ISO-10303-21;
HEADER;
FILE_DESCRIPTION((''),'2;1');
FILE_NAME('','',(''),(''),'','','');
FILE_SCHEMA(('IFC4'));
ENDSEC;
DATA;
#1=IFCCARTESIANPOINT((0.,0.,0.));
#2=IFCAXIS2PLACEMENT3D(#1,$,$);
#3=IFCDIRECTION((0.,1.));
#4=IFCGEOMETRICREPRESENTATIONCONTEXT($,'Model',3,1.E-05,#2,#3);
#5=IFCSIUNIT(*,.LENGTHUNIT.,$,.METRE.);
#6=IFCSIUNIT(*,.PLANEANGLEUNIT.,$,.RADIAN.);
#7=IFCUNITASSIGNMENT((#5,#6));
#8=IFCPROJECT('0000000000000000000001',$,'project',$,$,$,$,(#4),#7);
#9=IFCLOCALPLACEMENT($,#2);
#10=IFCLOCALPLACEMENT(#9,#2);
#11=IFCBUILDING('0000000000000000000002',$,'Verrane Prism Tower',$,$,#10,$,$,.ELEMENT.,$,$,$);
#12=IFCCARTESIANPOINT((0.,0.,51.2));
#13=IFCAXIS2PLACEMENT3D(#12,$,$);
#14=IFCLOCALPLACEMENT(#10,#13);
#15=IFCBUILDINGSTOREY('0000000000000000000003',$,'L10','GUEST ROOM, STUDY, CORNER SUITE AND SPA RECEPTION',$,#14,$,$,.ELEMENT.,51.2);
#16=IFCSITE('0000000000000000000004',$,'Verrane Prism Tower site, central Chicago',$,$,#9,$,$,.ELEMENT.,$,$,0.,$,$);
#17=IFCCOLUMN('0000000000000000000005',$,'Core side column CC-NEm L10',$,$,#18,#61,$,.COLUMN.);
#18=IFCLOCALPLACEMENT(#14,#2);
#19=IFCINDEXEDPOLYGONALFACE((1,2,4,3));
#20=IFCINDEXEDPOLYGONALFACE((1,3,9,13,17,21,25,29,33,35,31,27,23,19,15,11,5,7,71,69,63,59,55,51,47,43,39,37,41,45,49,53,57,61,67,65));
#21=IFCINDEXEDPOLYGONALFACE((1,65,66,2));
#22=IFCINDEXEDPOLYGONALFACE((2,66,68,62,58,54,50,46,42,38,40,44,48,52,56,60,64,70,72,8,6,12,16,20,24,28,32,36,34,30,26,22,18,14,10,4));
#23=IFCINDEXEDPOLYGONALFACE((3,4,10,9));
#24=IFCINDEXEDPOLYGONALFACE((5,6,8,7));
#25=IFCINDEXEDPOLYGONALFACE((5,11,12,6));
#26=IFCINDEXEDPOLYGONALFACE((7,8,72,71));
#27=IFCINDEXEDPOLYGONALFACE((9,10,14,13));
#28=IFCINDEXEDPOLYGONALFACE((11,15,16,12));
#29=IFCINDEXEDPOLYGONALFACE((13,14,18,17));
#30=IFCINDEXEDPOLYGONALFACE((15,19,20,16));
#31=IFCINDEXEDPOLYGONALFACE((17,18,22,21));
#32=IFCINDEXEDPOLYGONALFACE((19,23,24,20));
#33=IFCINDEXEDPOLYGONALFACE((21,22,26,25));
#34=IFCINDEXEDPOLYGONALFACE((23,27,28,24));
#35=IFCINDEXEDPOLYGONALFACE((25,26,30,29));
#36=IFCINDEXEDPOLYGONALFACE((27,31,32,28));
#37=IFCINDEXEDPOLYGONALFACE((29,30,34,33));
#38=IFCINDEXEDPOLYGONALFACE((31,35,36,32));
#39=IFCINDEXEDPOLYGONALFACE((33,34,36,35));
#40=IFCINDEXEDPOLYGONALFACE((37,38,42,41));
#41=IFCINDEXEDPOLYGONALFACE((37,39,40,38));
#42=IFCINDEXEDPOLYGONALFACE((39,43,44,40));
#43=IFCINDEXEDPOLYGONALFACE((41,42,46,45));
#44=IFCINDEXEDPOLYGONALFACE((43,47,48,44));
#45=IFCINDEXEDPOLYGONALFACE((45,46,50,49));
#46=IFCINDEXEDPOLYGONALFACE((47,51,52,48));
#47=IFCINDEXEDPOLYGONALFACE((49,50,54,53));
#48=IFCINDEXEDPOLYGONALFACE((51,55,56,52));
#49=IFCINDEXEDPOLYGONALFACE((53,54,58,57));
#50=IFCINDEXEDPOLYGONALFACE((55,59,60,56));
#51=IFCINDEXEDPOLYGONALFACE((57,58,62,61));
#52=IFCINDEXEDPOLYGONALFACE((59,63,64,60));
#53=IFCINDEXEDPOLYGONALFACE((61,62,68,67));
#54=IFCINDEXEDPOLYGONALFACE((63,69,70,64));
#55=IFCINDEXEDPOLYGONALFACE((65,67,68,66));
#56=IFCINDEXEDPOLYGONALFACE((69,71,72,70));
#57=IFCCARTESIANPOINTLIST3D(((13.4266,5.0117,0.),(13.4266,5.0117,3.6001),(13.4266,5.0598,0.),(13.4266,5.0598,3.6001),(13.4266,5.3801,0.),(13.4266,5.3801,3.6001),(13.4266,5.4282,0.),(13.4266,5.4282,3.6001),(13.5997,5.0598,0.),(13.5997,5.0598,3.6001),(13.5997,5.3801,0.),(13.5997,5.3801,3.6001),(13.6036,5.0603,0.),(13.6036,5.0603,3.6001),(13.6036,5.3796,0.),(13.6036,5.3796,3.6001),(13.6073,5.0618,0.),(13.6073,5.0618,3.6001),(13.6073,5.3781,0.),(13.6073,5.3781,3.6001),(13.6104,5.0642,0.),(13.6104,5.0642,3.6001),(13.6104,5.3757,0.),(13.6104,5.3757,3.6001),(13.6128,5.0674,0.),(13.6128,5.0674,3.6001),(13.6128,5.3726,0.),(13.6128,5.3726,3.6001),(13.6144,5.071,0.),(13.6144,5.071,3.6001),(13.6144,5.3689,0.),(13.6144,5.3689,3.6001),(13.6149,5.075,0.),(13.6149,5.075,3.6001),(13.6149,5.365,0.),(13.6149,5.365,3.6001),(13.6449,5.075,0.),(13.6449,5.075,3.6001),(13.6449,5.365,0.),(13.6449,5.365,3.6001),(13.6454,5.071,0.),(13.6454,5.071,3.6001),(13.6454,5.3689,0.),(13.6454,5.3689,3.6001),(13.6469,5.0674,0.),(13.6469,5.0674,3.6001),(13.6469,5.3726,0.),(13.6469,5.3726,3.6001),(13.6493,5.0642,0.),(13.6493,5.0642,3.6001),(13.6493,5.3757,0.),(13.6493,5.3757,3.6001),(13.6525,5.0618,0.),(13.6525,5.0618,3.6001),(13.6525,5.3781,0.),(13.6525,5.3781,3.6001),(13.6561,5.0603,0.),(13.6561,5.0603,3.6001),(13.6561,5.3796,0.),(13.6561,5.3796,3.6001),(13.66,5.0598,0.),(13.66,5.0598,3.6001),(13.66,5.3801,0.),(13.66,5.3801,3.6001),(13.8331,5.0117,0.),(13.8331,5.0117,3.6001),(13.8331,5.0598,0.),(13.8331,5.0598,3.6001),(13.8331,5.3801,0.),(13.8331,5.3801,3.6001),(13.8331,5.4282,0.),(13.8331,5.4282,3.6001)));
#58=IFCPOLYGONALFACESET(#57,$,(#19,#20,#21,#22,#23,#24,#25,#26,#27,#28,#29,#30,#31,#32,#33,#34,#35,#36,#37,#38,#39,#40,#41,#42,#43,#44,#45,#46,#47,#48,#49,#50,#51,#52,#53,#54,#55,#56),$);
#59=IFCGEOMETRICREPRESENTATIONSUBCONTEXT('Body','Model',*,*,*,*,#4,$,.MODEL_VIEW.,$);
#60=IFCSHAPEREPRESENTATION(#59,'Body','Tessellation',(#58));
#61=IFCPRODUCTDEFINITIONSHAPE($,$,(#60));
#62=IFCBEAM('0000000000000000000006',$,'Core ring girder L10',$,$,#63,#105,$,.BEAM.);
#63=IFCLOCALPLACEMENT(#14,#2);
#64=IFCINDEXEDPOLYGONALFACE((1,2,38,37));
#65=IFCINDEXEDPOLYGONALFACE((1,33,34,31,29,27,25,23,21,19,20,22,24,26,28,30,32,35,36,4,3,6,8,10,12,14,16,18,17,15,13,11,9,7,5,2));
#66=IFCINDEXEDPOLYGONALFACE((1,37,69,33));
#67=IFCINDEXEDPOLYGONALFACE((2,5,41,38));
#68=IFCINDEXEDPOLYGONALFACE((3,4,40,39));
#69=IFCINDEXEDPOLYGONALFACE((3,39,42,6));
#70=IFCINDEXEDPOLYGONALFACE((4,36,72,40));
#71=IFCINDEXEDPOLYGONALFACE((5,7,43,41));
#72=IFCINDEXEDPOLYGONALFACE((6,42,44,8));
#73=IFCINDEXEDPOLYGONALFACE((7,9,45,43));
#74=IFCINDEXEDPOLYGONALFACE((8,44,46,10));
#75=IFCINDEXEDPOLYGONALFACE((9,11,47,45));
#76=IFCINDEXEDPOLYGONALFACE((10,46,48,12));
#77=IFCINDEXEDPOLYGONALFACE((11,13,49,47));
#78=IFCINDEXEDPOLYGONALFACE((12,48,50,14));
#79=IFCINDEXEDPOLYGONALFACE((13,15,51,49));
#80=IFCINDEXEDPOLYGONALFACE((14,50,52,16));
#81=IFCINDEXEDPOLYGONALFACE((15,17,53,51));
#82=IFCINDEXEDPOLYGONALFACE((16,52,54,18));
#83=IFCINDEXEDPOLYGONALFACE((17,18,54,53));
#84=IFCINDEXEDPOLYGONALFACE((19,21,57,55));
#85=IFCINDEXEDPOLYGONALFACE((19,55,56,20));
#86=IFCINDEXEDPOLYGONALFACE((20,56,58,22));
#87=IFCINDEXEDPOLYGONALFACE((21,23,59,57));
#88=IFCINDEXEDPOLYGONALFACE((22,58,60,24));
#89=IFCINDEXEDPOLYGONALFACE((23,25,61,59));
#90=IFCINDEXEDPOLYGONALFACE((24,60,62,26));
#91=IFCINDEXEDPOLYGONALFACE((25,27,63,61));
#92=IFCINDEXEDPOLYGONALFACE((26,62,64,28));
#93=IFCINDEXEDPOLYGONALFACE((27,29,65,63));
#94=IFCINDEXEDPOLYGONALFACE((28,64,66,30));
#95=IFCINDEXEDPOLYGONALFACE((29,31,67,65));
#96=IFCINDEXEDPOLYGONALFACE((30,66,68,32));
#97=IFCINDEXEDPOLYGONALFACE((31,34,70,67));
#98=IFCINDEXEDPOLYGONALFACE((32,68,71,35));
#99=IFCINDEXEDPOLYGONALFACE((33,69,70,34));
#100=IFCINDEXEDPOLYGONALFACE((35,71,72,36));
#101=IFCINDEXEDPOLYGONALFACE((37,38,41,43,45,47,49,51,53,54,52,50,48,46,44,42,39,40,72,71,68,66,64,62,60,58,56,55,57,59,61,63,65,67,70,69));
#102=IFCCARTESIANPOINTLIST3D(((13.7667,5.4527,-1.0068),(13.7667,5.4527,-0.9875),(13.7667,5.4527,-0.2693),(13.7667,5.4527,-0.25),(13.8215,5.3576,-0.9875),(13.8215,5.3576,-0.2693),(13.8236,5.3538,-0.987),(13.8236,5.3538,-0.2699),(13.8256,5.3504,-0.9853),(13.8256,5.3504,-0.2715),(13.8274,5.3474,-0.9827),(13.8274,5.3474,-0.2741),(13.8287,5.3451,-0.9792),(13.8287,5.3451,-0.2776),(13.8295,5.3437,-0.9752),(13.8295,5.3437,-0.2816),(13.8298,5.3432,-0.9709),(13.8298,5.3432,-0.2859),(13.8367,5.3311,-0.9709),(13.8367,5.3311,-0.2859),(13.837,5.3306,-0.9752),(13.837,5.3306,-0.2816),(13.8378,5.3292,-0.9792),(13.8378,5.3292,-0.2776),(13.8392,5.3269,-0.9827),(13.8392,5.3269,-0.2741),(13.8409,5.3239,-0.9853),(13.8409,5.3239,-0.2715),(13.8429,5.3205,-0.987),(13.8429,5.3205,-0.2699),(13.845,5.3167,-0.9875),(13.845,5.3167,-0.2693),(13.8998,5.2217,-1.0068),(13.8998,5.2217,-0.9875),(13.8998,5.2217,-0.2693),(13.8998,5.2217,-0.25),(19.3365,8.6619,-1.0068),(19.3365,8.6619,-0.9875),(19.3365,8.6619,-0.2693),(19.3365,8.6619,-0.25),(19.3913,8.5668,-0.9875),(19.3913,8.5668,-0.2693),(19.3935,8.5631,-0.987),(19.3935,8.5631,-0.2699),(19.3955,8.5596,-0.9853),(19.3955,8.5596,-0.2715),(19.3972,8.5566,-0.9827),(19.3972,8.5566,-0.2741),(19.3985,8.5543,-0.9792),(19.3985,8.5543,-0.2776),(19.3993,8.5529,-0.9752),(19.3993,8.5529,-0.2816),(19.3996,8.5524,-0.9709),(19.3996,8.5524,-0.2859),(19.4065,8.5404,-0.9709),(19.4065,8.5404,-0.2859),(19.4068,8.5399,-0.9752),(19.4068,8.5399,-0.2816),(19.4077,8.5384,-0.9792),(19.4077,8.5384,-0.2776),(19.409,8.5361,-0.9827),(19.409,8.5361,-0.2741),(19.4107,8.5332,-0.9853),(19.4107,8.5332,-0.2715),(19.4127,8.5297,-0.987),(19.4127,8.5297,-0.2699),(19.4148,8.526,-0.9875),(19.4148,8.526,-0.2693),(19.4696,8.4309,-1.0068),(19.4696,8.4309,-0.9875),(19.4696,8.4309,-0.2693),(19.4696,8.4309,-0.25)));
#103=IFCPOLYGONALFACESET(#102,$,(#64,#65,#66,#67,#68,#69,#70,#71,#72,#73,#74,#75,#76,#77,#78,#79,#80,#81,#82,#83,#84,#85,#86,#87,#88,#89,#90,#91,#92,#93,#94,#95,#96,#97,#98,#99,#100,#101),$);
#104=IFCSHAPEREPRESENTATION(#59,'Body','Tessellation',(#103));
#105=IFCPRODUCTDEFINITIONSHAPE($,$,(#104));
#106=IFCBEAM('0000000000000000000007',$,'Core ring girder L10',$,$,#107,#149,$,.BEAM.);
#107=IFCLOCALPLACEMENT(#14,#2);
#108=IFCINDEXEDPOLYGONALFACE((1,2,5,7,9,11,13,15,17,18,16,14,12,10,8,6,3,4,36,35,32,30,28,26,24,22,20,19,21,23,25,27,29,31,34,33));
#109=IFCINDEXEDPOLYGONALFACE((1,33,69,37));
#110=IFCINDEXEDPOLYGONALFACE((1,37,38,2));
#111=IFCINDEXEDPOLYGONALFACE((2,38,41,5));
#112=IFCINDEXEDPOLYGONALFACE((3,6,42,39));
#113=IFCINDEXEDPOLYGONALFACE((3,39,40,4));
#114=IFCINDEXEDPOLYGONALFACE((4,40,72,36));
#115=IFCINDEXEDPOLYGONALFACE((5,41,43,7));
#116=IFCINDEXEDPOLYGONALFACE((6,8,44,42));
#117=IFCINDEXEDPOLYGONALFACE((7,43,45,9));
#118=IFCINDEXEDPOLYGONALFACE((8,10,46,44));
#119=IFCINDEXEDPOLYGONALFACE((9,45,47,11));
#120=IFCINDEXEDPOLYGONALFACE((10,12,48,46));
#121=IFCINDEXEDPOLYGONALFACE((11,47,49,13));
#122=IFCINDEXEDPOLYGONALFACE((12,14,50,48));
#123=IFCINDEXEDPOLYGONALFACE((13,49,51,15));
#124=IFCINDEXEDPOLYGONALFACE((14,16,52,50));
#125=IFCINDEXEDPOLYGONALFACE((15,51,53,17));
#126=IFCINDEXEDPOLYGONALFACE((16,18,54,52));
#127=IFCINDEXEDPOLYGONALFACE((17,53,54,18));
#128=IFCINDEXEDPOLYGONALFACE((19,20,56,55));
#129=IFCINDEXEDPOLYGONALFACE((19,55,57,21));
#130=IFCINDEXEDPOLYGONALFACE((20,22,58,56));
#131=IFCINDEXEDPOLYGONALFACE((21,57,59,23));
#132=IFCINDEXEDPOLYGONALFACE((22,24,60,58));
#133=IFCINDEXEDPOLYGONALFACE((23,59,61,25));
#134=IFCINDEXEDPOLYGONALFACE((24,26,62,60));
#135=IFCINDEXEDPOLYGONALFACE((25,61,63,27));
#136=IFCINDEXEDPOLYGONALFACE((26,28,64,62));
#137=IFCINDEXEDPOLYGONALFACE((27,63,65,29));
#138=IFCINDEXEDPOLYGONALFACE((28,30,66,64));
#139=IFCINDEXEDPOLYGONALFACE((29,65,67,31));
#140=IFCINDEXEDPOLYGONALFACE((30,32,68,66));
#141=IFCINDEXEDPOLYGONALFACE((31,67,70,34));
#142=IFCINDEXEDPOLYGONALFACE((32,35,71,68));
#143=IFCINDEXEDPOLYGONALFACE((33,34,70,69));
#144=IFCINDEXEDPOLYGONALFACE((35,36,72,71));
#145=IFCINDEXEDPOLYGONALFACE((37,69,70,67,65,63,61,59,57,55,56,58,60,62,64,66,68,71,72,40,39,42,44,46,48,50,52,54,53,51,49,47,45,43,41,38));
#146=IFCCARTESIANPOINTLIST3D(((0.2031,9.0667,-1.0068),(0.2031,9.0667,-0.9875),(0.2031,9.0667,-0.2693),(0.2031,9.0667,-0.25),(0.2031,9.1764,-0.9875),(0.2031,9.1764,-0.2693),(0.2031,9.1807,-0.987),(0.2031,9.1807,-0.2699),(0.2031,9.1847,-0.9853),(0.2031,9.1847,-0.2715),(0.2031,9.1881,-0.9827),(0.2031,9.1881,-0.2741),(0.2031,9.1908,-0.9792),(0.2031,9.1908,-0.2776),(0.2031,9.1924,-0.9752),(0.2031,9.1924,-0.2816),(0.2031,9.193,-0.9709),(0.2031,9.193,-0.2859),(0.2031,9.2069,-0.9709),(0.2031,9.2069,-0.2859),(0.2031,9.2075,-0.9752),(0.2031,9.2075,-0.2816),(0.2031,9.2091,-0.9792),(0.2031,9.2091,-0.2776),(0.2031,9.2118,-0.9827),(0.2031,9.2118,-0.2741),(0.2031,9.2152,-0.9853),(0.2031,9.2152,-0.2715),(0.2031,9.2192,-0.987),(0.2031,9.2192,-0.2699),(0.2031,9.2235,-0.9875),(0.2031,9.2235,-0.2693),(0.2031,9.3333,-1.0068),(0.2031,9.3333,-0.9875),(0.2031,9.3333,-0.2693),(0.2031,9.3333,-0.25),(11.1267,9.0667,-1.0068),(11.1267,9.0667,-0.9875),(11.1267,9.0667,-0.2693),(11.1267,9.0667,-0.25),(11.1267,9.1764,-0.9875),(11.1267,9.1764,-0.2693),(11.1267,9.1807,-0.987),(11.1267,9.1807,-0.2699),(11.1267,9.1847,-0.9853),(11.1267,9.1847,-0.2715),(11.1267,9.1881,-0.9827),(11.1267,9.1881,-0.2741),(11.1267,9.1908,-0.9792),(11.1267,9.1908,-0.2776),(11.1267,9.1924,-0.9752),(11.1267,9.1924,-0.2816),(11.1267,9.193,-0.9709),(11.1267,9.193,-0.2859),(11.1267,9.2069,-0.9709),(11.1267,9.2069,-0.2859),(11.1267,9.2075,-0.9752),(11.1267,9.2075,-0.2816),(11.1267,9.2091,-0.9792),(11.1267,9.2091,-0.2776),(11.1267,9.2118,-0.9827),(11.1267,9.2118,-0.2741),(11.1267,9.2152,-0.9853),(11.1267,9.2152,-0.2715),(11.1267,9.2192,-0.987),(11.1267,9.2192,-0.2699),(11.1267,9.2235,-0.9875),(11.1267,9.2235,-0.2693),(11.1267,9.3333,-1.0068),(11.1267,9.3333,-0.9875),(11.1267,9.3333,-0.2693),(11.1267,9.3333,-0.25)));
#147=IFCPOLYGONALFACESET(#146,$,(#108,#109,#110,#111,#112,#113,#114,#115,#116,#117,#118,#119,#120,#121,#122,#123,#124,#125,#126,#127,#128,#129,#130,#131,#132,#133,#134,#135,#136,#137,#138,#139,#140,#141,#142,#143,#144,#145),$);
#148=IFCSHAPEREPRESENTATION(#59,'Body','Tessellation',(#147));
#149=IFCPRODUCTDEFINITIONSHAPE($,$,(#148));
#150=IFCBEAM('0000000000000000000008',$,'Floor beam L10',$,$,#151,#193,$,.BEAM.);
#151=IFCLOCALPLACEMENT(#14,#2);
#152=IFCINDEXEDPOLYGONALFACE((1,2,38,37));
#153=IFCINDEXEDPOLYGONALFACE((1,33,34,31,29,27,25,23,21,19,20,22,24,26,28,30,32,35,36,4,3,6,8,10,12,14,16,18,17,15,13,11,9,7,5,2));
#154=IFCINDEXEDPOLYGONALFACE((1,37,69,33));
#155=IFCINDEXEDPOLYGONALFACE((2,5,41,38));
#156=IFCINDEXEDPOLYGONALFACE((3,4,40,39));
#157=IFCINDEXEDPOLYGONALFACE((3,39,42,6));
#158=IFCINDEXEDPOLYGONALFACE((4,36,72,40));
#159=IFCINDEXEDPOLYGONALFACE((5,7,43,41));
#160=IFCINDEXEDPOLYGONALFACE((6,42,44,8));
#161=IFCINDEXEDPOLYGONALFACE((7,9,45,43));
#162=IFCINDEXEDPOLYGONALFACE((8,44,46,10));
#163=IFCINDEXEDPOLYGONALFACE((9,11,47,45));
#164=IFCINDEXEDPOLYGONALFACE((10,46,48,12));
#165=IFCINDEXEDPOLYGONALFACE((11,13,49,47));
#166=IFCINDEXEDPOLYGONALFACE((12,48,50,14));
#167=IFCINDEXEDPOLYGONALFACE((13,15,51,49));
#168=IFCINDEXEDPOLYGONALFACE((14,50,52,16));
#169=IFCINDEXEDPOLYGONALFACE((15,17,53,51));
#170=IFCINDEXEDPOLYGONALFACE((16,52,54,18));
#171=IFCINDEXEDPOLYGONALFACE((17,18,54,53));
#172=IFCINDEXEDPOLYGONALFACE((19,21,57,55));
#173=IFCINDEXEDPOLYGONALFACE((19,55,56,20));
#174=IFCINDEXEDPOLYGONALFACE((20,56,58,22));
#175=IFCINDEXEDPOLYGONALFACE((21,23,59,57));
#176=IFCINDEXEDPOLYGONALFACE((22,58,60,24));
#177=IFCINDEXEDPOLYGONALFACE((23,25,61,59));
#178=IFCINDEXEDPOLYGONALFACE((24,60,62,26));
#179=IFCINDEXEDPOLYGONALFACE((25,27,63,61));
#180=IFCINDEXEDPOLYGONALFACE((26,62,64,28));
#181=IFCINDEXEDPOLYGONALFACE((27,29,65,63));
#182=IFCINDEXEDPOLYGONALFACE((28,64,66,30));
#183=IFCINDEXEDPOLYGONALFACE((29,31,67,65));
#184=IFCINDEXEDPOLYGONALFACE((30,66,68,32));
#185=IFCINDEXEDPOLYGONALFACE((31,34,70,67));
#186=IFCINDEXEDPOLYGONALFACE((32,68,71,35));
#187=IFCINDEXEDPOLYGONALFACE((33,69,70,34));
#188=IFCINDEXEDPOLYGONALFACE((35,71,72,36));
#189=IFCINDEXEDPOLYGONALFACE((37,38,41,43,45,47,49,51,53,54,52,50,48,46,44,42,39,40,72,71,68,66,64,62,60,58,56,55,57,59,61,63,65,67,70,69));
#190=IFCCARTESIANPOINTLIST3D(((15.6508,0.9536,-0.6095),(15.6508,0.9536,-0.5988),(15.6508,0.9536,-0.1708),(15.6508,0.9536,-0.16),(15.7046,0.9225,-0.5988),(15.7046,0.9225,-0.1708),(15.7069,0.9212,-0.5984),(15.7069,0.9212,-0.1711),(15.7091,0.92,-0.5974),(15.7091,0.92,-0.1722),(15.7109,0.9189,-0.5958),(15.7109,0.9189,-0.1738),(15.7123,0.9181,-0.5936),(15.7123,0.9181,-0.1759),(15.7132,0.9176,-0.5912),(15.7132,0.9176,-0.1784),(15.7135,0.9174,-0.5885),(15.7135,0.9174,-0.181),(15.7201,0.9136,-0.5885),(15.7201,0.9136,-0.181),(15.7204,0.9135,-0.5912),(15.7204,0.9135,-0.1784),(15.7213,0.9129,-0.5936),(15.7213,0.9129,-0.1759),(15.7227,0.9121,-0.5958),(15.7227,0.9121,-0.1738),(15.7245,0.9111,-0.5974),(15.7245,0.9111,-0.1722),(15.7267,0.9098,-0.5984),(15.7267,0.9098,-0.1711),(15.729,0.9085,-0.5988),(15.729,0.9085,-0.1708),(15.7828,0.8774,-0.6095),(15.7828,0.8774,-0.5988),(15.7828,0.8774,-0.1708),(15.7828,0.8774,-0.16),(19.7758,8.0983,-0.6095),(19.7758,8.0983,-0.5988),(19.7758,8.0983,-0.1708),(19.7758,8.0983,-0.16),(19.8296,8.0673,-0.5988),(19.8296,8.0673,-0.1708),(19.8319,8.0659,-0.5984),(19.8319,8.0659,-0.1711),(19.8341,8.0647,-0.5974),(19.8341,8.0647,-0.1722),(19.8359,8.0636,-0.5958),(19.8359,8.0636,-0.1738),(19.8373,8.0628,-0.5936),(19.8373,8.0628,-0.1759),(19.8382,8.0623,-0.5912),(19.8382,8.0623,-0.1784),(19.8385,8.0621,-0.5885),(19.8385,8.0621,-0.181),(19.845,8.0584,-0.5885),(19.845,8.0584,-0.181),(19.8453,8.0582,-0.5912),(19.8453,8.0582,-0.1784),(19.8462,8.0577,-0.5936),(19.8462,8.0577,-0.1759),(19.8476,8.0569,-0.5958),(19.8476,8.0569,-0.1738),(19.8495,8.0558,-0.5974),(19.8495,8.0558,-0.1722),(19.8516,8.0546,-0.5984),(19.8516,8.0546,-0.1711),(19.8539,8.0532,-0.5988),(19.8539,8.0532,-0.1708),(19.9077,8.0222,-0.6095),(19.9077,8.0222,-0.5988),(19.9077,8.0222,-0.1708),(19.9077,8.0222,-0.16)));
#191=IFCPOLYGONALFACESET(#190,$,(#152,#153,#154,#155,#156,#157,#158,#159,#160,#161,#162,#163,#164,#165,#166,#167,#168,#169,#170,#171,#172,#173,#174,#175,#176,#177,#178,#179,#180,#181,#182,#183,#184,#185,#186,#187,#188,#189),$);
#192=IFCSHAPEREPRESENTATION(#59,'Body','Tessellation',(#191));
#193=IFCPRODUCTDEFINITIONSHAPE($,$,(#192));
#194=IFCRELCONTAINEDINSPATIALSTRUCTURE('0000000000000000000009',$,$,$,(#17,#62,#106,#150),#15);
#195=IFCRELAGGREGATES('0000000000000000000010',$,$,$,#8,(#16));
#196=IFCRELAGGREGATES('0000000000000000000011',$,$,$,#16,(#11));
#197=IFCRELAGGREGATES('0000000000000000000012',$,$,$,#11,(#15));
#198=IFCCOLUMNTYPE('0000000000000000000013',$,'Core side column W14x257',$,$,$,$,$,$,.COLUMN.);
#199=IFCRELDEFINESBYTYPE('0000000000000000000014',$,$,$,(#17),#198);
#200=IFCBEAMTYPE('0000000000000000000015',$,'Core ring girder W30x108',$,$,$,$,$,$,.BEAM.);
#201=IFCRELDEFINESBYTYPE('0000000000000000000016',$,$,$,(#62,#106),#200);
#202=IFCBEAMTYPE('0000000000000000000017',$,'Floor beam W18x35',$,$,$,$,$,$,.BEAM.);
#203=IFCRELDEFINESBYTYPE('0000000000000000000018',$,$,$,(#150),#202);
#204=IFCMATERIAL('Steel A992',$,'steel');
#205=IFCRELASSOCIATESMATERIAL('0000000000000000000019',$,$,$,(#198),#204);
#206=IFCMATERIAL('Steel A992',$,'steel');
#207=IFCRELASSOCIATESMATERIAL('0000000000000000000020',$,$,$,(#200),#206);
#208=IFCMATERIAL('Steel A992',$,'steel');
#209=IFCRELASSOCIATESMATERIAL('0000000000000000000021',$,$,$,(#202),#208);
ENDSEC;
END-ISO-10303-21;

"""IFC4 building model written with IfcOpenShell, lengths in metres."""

from ifc_helpers import new_model, si_unit, direction, frame, origin, origin_2d, place, context, subcontext, project, spatial, i_section, extrude, material, material_profile, profile_set, type_object, element, save


model = new_model("IFC4")

# Units and contexts
model_context = context("Model", 3, precision=1e-05, world=origin(), true_north=direction((0.0, 1.0)))
body_context = subcontext(model_context, "Body", "Model", "MODEL_VIEW")
ifc_project = project(units=[si_unit("LENGTHUNIT", "METRE"), si_unit("PLANEANGLEUNIT", "RADIAN")], contexts=[model_context])

# Site, building, storey
site_placement = place(None, origin())
site = spatial("IfcSite", under=ifc_project, at=site_placement, Name="Verrane Prism Tower site, central Chicago", CompositionType="ELEMENT", RefElevation=0.0)
building_placement = place(site_placement, origin())
building = spatial("IfcBuilding", under=site, at=building_placement, Name="Verrane Prism Tower", CompositionType="ELEMENT")
storey_placement = place(building_placement, frame((0.0, 0.0, 51.2)))
storey = spatial("IfcBuildingStorey", under=building, at=storey_placement, Name="L10", Description="GUEST ROOM, STUDY, CORNER SUITE AND SPA RECEPTION", CompositionType="ELEMENT", Elevation=51.2)

# Column
ifc_material_1 = material(Name="Steel A992", Category="steel")
ifc_material_profile_1 = material_profile(ifc_material_1, i_section(OverallWidth=0.4065, OverallDepth=0.4165, WebThickness=0.03, FlangeThickness=0.0481, FilletRadius=0.0151, at=origin_2d()), Name="W14x257")
ifc_profile_set_1 = profile_set([ifc_material_profile_1], Name="Steel A992")
column_type = type_object("IfcColumnType", Name="Core side column W14x257", PredefinedType="COLUMN", material=ifc_profile_set_1)
column_placement = place(storey_placement, frame((13.6299, 5.22, 0.0), z_axis=(0.0, 0.0, 1.0), x_axis=(1.0, 0.0, 0.0)))
element("IfcColumn", 1, at=column_placement, inside=storey, type_object=column_type, Name="Core side column CC-NEm L10", PredefinedType="COLUMN", context=body_context, shape_type="SweptSolid", body=[
    extrude(i_section(OverallWidth=0.4065, OverallDepth=0.4165, WebThickness=0.03, FlangeThickness=0.0481, FilletRadius=0.0151, at=origin_2d()), origin(), (0.0, 0.0, 1.0), 3.6001),
])

# Beams
ifc_material_2 = material(Name="Steel A992", Category="steel")
ifc_material_profile_2 = material_profile(ifc_material_2, i_section(OverallWidth=0.2666, OverallDepth=0.7568, WebThickness=0.0139, FlangeThickness=0.0193, FilletRadius=0.0166, at=origin_2d()), Name="W30x108")
ifc_profile_set_2 = profile_set([ifc_material_profile_2], Name="Steel A992")
beam_type_1 = type_object("IfcBeamType", Name="Core ring girder W30x108", PredefinedType="BEAM", material=ifc_profile_set_2)
beam_1_placement = place(storey_placement, frame((13.8333, 5.3372, -0.6284), z_axis=(0.866464, 0.49924, 0.0), x_axis=(-0.49924, 0.866464, 0.0)))
element("IfcBeam", 2, at=beam_1_placement, inside=storey, type_object=beam_type_1, Name="Core ring girder L10", PredefinedType="BEAM", context=body_context, shape_type="SweptSolid", body=[
    extrude(i_section(OverallWidth=0.2666, OverallDepth=0.7568, WebThickness=0.0139, FlangeThickness=0.0193, FilletRadius=0.0166, at=origin_2d()), origin(), (0.0, 0.0, 1.0), 6.4282),
])
beam_2_placement = place(storey_placement, frame((11.1267, 9.2, -0.6284), z_axis=(-1.0, 0.0, 0.0), x_axis=(0.0, -1.0, 0.0)))
element("IfcBeam", 3, at=beam_2_placement, inside=storey, type_object=beam_type_1, Name="Core ring girder L10", PredefinedType="BEAM", context=body_context, shape_type="SweptSolid", body=[
    extrude(i_section(OverallWidth=0.2666, OverallDepth=0.7568, WebThickness=0.0139, FlangeThickness=0.0193, FilletRadius=0.0166, at=origin_2d()), origin(), (0.0, 0.0, 1.0), 10.9236),
])
ifc_material_3 = material(Name="Steel A992", Category="steel")
ifc_material_profile_3 = material_profile(ifc_material_3, i_section(OverallWidth=0.1523, OverallDepth=0.4495, WebThickness=0.0076, FlangeThickness=0.0107, FilletRadius=0.0103, at=origin_2d()), Name="W18x35")
ifc_profile_set_3 = profile_set([ifc_material_profile_3], Name="Steel A992")
beam_type_2 = type_object("IfcBeamType", Name="Floor beam W18x35", PredefinedType="BEAM", material=ifc_profile_set_3)
beam_3_placement = place(storey_placement, frame((15.7168, 0.9155, -0.3848), z_axis=(0.499997, 0.866027, 0.0), x_axis=(-0.866027, 0.499997, 0.0)))
element("IfcBeam", 4, at=beam_3_placement, inside=storey, type_object=beam_type_2, Name="Floor beam L10", PredefinedType="BEAM", context=body_context, shape_type="SweptSolid", body=[
    extrude(i_section(OverallWidth=0.1523, OverallDepth=0.4495, WebThickness=0.0076, FlangeThickness=0.0107, FilletRadius=0.0103, at=origin_2d()), origin(), (0.0, 0.0, 1.0), 8.25),
])

save(model, "model.ifc")
